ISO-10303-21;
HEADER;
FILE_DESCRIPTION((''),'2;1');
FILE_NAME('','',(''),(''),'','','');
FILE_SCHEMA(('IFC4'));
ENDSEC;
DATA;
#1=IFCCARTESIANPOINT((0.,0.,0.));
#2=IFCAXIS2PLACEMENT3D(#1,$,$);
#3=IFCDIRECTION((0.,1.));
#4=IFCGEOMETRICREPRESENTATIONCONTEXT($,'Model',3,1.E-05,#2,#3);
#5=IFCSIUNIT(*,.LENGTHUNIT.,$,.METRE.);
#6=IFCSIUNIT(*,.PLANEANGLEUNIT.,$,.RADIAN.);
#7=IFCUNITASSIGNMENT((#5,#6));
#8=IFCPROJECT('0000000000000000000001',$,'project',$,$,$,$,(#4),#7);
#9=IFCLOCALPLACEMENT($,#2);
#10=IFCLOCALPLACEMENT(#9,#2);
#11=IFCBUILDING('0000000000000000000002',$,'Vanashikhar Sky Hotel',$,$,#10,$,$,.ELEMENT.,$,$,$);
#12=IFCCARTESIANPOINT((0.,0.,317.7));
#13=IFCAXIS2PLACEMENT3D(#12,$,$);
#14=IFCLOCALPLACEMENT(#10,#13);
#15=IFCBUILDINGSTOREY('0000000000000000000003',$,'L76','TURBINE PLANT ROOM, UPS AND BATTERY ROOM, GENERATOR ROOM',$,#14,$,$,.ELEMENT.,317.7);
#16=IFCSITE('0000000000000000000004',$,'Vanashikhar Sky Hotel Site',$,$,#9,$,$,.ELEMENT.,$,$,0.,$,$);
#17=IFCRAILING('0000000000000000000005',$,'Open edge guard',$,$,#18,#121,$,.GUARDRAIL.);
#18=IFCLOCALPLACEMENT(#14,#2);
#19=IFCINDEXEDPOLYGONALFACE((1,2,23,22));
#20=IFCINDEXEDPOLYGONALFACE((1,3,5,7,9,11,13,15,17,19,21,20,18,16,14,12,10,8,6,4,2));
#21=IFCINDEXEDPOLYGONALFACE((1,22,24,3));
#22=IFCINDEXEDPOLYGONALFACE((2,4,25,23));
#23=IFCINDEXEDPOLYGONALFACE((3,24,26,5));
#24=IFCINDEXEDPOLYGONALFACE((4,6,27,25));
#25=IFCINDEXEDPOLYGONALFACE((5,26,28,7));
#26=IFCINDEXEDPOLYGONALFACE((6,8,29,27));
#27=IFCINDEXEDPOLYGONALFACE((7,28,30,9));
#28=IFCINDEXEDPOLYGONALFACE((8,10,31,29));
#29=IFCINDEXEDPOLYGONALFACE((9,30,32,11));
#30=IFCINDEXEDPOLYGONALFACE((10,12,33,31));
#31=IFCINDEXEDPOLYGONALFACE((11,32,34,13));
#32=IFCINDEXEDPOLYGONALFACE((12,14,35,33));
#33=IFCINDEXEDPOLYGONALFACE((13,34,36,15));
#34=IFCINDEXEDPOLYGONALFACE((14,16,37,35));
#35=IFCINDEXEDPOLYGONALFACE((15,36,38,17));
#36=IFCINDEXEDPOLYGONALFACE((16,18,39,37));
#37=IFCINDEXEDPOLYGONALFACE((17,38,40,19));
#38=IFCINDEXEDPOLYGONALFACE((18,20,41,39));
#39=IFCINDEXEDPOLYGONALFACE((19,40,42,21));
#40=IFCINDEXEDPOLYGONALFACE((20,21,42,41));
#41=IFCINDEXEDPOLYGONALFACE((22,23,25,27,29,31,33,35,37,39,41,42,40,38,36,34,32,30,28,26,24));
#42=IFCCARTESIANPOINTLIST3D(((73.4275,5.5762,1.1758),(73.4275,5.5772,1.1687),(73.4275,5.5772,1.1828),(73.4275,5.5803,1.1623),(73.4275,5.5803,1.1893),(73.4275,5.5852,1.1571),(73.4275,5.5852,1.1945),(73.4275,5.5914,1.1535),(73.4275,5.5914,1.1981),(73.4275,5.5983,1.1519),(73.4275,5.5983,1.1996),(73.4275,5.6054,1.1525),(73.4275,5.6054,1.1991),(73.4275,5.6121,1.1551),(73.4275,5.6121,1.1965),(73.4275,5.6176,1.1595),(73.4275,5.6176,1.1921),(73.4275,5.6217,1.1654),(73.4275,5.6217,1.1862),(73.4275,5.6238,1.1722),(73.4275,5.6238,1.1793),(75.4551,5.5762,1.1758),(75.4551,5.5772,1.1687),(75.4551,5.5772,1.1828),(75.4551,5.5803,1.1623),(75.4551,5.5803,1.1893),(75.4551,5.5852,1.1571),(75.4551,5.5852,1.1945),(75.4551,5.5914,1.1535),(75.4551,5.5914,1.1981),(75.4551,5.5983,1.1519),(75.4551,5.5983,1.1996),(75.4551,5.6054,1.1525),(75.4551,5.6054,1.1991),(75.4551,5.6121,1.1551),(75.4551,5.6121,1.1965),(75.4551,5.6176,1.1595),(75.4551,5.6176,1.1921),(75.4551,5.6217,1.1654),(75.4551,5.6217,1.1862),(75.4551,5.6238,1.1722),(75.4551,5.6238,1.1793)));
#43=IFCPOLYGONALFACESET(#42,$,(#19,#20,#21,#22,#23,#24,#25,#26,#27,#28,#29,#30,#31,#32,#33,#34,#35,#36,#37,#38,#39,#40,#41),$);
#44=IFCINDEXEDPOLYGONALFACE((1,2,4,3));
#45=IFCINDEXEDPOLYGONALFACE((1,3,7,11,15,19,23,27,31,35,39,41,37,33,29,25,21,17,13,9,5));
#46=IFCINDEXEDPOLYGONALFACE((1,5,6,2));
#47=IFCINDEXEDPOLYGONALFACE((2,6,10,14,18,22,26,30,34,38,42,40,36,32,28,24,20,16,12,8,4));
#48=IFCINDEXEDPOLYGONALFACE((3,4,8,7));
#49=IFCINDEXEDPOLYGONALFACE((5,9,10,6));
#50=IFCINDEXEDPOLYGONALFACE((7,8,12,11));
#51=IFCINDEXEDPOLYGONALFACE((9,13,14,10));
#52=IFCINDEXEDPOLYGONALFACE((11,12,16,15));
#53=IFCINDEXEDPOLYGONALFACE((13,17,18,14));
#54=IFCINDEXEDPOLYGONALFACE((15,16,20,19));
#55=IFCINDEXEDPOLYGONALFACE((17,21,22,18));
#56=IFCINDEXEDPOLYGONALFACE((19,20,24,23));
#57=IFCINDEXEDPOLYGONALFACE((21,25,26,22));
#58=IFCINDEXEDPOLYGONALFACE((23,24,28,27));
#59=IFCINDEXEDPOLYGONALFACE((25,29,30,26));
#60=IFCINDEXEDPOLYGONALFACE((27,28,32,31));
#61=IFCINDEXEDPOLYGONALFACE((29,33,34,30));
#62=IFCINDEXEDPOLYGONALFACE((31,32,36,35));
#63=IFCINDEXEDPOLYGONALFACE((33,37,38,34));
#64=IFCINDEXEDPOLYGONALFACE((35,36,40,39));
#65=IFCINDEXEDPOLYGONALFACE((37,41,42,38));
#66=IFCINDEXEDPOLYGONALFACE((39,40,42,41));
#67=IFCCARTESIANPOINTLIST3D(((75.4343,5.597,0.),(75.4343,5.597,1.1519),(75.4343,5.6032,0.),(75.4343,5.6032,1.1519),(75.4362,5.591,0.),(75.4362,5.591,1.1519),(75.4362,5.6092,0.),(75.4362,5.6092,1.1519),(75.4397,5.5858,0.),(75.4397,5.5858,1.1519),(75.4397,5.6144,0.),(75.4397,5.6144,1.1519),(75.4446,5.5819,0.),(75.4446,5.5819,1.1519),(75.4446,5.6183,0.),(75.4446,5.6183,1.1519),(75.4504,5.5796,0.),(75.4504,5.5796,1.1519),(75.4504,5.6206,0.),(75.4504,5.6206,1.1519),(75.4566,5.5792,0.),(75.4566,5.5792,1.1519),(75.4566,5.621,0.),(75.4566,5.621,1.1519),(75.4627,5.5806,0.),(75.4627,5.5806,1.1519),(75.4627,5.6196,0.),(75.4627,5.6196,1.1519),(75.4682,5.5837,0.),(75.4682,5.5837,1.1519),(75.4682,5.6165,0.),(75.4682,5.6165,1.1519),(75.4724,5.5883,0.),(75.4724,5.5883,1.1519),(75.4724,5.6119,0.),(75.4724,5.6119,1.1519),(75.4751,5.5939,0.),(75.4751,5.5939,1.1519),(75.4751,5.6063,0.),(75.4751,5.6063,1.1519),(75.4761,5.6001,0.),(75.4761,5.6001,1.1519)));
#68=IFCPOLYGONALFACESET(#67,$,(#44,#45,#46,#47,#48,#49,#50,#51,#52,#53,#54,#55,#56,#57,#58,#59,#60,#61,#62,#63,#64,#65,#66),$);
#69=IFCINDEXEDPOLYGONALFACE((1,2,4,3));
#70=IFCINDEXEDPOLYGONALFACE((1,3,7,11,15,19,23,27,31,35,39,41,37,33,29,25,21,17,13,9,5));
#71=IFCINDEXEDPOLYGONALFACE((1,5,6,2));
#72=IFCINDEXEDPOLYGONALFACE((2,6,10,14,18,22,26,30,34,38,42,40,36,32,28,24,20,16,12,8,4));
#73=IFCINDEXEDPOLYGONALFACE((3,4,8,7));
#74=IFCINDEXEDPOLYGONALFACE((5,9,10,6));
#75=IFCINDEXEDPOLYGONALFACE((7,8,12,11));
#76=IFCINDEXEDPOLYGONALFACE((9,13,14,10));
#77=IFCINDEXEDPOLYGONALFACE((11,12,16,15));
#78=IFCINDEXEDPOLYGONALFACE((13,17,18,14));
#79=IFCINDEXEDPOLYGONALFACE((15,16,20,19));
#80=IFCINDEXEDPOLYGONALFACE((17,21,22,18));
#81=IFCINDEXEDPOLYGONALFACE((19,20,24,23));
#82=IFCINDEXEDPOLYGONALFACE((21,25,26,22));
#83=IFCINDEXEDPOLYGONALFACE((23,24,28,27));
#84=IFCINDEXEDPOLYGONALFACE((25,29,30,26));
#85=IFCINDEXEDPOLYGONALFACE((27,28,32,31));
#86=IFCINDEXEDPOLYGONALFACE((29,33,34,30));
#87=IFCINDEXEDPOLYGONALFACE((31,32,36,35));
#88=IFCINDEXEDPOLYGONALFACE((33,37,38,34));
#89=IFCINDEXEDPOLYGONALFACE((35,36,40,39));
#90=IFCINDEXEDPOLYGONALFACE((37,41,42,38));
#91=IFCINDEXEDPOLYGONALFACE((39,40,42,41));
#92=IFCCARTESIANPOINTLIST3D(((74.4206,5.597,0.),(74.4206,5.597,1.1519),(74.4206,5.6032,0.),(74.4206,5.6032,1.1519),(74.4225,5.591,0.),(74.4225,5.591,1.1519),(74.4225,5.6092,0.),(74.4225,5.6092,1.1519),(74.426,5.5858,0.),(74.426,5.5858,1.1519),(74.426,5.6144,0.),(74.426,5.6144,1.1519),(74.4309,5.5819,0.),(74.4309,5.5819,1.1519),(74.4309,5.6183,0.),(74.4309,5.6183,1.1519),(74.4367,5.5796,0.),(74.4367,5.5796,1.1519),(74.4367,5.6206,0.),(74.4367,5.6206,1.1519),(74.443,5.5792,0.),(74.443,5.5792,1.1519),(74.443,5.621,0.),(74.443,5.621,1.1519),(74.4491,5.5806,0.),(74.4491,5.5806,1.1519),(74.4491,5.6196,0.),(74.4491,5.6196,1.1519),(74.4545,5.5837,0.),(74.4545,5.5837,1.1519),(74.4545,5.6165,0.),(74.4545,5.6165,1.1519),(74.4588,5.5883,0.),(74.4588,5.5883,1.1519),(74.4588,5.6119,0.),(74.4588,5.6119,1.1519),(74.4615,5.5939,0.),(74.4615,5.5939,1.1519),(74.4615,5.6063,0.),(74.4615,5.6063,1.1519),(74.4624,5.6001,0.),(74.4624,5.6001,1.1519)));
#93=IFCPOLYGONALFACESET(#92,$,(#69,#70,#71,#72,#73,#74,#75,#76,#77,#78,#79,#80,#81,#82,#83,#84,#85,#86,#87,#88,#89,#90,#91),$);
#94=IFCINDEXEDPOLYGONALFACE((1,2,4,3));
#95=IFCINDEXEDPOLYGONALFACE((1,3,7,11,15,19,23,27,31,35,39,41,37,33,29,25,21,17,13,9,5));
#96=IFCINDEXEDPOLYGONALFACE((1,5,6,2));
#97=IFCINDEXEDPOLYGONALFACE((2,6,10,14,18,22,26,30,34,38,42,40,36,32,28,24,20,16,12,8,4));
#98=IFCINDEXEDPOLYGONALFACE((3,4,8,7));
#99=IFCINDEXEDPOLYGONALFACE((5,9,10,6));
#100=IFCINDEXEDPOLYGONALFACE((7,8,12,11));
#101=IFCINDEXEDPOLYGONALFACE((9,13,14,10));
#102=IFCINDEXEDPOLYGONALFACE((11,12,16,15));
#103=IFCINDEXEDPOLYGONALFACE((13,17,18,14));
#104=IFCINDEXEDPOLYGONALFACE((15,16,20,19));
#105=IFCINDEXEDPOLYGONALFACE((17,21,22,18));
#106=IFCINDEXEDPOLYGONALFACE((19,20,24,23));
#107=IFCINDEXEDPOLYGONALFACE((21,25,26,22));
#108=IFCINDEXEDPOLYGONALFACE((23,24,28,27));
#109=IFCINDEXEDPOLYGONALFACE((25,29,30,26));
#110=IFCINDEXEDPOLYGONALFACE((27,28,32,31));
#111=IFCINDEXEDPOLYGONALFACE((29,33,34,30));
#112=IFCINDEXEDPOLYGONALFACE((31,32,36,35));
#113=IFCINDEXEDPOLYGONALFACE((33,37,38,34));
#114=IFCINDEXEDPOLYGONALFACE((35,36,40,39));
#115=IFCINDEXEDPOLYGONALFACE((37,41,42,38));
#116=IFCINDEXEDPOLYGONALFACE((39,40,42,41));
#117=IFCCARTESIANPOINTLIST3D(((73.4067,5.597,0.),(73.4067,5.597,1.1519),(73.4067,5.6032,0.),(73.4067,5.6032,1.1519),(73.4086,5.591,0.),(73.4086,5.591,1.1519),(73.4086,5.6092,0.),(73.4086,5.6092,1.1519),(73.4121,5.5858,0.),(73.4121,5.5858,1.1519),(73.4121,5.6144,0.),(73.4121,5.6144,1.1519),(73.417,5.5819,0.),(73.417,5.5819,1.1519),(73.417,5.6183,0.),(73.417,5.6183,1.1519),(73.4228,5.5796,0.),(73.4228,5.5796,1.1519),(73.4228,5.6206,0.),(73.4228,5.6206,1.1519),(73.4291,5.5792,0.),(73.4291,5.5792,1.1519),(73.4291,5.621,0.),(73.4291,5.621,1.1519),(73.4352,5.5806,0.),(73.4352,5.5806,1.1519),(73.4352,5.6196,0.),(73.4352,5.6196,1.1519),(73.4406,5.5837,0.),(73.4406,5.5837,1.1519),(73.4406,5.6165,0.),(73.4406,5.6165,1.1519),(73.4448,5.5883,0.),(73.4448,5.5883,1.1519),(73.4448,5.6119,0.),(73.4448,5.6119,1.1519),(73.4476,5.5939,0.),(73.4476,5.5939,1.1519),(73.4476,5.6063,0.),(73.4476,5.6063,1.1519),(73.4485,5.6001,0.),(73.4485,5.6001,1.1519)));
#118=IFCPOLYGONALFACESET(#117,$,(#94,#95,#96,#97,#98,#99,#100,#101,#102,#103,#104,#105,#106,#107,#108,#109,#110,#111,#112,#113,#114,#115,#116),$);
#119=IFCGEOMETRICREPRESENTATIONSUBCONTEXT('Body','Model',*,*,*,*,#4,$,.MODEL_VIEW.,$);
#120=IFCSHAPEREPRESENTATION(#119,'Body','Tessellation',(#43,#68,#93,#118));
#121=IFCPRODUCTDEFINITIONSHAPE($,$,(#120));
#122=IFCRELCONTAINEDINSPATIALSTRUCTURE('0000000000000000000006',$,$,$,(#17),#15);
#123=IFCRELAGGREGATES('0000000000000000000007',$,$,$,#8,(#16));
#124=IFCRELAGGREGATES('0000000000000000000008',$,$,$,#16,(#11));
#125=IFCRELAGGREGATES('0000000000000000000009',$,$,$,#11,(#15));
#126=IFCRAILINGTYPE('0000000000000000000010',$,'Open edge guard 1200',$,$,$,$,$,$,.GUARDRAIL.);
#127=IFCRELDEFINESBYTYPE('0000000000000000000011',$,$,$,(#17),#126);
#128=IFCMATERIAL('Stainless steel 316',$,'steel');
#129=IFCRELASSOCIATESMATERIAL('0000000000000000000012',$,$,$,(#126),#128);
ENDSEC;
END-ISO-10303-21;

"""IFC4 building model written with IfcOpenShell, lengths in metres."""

from ifc_helpers import new_model, si_unit, direction, frame, origin, origin_2d, place, context, subcontext, project, spatial, circle, extrude, source, transform, mapped, material, type_object, element, save


model = new_model("IFC4")

# Units and contexts
model_context = context("Model", 3, precision=1e-05, world=origin(), true_north=direction((0.0, 1.0)))
body_context = subcontext(model_context, "Body", "Model", "MODEL_VIEW")
ifc_project = project(units=[si_unit("LENGTHUNIT", "METRE"), si_unit("PLANEANGLEUNIT", "RADIAN")], contexts=[model_context])

# Site, building, storey
site_placement = place(None, origin())
site = spatial("IfcSite", under=ifc_project, at=site_placement, Name="Vanashikhar Sky Hotel Site", CompositionType="ELEMENT", RefElevation=0.0)
building_placement = place(site_placement, origin())
building = spatial("IfcBuilding", under=site, at=building_placement, Name="Vanashikhar Sky Hotel", CompositionType="ELEMENT")
storey_placement = place(building_placement, frame((0.0, 0.0, 317.7)))
storey = spatial("IfcBuildingStorey", under=building, at=storey_placement, Name="L76", Description="TURBINE PLANT ROOM, UPS AND BATTERY ROOM, GENERATOR ROOM", CompositionType="ELEMENT", Elevation=317.7)

# Railing
ifc_material_1 = material(Name="Stainless steel 316", Category="steel")
railing_type = type_object("IfcRailingType", Name="Open edge guard 1200", PredefinedType="GUARDRAIL", material=ifc_material_1)
shared_shape_1 = source(origin(), body_context, "Body", "SweptSolid", [
    extrude(circle(Radius=0.0239, at=origin_2d()), frame((0.0, 0.0, 1.1758), z_axis=(-1.0, 0.0, 0.0), x_axis=(0.0, -1.0, 0.0)), (0.0, 0.0, 1.0), 2.0276),
    extrude(circle(Radius=0.021, at=origin_2d()), origin(), (0.0, 0.0, 1.0), 1.1519),
    extrude(circle(Radius=0.021, at=origin_2d()), frame((-1.0137, 0.0, 0.0)), (0.0, 0.0, 1.0), 1.1519),
    extrude(circle(Radius=0.021, at=origin_2d()), frame((-2.0276, 0.0, 0.0)), (0.0, 0.0, 1.0), 1.1519),
])
for number, where, name in (
    (1, (75.4551, 5.6001, 0.0), "Open edge guard"),
):
    element("IfcRailing", number, at=place(storey_placement, frame(where)), inside=storey, type_object=railing_type, Name=name, PredefinedType="GUARDRAIL", context=body_context, shape_type="MappedRepresentation", body=[
        mapped(shared_shape_1, transform((0.0, 0.0, 0.0), scale=1.0)),
    ])

save(model, "model.ifc")
